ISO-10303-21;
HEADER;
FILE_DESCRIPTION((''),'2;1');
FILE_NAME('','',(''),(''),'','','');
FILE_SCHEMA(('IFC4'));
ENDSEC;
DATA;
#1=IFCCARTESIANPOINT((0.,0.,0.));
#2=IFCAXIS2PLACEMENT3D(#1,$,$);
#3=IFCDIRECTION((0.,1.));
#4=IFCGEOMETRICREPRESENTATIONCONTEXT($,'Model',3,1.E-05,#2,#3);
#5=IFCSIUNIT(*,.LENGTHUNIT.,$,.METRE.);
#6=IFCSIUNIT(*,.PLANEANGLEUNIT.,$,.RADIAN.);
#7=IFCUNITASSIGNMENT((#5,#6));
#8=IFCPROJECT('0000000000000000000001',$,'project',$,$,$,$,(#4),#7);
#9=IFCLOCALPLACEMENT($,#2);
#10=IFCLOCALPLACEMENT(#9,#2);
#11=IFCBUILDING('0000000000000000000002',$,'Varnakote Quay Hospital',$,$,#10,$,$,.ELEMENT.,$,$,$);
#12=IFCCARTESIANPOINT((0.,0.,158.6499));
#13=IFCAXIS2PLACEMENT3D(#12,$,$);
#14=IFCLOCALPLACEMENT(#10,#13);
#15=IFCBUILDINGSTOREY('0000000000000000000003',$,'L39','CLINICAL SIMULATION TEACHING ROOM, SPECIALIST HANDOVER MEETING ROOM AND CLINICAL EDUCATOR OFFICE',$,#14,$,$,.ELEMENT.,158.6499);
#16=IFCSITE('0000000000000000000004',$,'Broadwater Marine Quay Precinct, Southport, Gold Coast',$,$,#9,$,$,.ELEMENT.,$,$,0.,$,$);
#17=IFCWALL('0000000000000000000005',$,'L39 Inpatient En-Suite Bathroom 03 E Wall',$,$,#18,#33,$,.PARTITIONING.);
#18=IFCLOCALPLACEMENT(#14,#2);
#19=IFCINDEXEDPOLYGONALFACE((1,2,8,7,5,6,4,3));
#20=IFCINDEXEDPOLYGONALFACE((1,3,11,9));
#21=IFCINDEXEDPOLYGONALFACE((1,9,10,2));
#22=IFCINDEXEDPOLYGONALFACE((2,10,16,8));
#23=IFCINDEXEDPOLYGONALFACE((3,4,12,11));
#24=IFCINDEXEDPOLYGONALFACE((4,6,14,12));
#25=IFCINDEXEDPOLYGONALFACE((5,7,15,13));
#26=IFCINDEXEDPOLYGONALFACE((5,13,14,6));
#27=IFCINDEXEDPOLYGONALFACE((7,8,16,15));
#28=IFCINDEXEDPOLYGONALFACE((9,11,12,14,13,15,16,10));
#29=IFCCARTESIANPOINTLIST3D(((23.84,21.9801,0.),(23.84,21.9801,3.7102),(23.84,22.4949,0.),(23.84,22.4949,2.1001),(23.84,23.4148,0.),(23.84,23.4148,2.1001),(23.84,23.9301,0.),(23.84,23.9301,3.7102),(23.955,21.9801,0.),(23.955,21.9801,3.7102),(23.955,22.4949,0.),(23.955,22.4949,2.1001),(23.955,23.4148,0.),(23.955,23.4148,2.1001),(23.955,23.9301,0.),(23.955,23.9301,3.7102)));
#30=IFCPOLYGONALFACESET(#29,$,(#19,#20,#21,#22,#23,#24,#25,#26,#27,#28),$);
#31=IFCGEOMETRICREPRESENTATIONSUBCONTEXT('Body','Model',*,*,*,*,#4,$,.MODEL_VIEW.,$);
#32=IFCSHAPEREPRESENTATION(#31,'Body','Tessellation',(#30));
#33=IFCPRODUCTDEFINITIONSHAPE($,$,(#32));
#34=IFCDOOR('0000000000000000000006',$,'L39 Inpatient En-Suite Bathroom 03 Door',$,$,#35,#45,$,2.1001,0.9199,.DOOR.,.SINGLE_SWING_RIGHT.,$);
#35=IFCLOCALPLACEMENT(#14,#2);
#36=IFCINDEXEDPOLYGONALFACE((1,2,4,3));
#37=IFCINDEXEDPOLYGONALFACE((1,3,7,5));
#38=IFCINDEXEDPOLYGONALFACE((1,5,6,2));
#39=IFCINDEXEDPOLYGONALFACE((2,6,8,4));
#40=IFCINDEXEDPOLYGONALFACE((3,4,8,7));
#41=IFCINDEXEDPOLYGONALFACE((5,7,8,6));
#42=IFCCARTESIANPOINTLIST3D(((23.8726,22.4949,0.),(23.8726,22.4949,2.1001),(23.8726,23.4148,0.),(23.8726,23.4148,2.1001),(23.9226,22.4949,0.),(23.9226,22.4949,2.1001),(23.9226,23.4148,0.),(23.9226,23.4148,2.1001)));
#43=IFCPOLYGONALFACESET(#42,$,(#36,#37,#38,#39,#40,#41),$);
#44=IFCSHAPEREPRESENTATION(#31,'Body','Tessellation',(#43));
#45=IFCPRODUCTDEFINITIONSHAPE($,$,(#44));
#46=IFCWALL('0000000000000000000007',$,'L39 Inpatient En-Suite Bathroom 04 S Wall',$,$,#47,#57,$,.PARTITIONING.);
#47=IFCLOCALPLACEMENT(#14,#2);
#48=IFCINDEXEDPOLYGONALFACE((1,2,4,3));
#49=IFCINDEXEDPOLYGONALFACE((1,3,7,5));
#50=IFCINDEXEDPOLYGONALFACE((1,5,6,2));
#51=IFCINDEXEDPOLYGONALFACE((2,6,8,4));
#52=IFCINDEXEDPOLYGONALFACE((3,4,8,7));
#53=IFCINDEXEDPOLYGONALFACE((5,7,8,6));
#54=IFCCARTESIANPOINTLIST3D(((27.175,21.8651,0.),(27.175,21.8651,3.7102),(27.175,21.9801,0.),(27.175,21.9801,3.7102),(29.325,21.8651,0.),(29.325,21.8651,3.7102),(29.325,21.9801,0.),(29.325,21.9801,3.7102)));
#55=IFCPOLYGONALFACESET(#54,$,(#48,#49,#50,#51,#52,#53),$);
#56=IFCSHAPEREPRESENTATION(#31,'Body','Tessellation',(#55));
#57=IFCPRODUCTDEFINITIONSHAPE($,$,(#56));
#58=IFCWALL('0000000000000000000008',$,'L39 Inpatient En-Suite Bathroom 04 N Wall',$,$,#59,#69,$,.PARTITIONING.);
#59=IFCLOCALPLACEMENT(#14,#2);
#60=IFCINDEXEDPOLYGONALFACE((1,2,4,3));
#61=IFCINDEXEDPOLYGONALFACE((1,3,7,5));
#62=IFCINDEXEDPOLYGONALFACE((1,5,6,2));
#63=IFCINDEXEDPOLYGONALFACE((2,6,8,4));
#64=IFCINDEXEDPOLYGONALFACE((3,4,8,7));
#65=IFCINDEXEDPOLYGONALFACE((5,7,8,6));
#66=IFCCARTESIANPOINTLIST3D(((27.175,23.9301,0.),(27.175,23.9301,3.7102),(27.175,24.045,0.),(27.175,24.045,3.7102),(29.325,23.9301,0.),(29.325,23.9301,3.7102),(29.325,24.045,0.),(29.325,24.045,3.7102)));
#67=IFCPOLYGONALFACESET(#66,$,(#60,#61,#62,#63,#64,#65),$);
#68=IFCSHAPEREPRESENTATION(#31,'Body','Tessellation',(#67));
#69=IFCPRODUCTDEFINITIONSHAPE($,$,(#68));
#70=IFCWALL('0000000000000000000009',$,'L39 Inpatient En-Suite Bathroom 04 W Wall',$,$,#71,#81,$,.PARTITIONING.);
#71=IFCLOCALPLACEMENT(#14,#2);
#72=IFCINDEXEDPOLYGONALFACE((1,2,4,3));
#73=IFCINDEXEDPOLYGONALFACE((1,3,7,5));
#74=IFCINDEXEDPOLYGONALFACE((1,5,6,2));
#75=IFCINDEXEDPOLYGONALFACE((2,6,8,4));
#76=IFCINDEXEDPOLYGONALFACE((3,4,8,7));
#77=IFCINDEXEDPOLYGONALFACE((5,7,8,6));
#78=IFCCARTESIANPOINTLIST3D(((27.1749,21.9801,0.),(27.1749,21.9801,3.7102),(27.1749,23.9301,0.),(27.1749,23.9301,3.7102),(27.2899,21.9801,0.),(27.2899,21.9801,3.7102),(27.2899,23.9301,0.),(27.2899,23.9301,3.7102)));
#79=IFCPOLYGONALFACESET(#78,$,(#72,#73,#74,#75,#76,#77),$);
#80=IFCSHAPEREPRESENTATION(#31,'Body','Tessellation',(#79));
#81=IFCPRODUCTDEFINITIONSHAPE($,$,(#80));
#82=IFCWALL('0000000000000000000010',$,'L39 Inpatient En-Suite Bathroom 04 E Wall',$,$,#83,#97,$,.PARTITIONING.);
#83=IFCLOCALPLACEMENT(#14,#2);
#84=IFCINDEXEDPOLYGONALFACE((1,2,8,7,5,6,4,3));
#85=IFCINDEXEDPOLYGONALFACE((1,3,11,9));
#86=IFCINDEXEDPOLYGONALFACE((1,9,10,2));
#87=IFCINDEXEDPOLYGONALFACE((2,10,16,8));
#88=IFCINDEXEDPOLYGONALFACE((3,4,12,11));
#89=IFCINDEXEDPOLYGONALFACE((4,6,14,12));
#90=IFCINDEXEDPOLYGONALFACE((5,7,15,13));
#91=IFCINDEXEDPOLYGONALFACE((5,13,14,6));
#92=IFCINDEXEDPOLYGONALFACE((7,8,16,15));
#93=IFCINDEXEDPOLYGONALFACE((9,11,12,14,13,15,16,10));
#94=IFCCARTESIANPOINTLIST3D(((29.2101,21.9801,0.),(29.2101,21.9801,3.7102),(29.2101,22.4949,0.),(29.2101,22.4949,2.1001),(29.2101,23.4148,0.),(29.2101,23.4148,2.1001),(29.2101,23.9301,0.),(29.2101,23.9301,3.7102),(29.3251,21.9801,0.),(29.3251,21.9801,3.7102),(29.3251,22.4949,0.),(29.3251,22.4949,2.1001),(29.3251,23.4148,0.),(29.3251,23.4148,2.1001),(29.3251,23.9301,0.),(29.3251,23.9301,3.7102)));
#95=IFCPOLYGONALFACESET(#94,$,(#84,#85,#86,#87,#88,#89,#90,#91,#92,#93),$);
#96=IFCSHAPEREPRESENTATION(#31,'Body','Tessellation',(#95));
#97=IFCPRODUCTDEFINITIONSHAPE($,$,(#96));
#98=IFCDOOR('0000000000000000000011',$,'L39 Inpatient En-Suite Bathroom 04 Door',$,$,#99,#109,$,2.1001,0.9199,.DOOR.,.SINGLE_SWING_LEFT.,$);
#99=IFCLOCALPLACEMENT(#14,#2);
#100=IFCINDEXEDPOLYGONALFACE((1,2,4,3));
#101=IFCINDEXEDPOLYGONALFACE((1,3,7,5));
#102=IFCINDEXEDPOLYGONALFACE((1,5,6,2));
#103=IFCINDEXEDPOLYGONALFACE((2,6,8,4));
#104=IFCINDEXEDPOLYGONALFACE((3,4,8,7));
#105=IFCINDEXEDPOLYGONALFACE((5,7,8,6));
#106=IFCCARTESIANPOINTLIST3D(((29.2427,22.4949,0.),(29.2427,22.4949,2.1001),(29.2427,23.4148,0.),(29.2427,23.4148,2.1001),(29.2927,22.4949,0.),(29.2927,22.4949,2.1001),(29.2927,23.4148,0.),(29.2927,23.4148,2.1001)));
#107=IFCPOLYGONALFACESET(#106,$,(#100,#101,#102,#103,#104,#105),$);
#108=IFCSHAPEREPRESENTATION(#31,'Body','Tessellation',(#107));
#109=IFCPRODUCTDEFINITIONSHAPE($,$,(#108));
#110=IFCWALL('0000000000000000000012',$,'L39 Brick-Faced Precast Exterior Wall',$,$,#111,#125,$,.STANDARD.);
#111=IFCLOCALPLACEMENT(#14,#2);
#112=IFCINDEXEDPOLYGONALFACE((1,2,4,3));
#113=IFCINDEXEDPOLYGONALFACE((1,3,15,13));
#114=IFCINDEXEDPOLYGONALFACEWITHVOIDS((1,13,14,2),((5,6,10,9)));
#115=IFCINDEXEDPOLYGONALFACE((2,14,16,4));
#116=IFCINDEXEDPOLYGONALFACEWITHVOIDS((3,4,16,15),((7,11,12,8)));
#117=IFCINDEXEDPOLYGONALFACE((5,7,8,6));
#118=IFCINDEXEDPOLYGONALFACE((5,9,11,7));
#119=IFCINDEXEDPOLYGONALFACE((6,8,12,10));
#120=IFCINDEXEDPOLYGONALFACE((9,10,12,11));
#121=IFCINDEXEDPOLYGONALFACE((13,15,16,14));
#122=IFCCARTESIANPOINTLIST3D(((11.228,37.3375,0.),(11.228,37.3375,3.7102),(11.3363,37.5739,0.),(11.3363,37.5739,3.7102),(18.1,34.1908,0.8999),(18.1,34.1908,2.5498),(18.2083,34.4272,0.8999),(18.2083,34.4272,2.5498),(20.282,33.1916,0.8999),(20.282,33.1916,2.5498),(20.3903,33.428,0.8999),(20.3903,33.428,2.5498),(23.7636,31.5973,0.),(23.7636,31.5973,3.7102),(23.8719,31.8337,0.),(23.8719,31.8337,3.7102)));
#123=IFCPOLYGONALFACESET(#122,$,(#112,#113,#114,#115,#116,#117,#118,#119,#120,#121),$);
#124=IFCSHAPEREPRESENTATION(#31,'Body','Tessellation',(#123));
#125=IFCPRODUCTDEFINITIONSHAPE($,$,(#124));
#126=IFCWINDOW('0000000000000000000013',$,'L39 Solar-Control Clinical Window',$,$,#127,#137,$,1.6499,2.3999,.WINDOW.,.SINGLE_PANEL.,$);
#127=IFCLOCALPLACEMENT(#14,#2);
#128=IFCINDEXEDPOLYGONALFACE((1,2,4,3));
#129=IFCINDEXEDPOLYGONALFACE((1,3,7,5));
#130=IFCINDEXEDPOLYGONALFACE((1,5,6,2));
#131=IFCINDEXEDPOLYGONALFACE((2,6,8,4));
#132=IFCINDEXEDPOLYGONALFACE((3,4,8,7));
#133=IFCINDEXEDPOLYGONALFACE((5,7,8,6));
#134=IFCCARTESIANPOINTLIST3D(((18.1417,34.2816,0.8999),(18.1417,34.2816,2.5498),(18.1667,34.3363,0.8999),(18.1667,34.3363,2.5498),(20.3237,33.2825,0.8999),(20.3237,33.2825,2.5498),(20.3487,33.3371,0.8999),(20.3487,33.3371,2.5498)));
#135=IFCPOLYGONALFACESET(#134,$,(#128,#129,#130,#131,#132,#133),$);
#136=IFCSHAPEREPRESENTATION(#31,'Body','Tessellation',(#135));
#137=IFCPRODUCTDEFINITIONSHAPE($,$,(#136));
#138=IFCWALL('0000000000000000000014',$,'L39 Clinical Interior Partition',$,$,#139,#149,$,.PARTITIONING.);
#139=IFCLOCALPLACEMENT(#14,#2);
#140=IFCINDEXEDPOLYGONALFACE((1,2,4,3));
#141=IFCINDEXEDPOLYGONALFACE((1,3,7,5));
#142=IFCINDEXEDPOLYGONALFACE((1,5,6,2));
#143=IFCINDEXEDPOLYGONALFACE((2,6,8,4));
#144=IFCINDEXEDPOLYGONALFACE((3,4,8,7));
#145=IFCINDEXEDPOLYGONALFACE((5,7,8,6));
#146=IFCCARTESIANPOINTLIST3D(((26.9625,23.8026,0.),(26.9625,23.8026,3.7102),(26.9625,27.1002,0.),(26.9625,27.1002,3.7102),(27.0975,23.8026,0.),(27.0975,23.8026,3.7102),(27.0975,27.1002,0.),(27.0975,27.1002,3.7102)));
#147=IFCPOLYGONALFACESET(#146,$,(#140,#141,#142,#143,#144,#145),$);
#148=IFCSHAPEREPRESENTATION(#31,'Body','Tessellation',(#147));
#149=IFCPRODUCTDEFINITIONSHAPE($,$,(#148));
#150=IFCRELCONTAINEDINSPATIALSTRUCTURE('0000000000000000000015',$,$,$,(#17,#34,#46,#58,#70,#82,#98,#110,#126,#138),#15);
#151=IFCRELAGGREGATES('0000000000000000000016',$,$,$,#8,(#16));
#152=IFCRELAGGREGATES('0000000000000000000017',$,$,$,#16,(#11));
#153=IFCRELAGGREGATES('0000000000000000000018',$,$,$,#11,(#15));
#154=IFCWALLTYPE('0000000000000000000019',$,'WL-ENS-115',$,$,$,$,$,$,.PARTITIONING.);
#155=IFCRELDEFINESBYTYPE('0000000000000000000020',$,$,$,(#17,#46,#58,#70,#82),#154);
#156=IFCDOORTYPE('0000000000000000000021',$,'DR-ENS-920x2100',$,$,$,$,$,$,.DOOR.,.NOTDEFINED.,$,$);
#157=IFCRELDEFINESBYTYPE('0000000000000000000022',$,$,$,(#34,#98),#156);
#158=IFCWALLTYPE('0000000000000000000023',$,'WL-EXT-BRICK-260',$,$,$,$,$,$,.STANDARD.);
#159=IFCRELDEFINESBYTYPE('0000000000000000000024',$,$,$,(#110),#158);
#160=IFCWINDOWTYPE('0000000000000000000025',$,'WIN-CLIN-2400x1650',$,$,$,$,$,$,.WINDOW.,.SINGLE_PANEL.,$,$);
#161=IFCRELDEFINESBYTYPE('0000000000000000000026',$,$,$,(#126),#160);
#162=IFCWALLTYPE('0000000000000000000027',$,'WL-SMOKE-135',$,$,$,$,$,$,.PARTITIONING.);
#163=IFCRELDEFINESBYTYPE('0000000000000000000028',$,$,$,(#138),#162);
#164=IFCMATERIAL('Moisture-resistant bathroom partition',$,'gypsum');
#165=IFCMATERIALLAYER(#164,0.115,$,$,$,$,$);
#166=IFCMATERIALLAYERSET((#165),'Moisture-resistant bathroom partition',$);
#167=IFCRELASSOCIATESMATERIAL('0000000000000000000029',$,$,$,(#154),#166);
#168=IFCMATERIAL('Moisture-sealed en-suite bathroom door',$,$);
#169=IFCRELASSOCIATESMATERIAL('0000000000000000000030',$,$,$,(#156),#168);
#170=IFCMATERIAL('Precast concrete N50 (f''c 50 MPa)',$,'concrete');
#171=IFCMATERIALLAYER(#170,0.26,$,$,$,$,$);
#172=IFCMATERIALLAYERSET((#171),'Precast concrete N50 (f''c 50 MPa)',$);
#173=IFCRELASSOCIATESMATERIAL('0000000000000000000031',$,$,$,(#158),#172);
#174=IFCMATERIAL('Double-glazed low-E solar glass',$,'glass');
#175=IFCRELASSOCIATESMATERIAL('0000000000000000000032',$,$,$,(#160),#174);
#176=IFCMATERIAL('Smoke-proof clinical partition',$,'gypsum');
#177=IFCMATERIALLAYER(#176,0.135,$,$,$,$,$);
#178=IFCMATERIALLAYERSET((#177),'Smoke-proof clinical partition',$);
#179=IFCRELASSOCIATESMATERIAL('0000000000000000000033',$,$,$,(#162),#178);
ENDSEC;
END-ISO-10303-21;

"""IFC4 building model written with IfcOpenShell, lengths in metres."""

from ifc_helpers import new_model, si_unit, direction, frame, frame_2d, origin, place, context, subcontext, project, spatial, rectangle, extrude, material, layer, layer_set, type_object, element, fill, save


model = new_model("IFC4")

# Units and contexts
model_context = context("Model", 3, precision=1e-05, world=origin(), true_north=direction((0.0, 1.0)))
body_context = subcontext(model_context, "Body", "Model", "MODEL_VIEW")
ifc_project = project(units=[si_unit("LENGTHUNIT", "METRE"), si_unit("PLANEANGLEUNIT", "RADIAN")], contexts=[model_context])

# Site, building, storey
site_placement = place(None, origin())
site = spatial("IfcSite", under=ifc_project, at=site_placement, Name="Broadwater Marine Quay Precinct, Southport, Gold Coast", CompositionType="ELEMENT", RefElevation=0.0)
building_placement = place(site_placement, origin())
building = spatial("IfcBuilding", under=site, at=building_placement, Name="Varnakote Quay Hospital", CompositionType="ELEMENT")
storey_placement = place(building_placement, frame((0.0, 0.0, 158.6499)))
storey = spatial("IfcBuildingStorey", under=building, at=storey_placement, Name="L39", Description="CLINICAL SIMULATION TEACHING ROOM, SPECIALIST HANDOVER MEETING ROOM AND CLINICAL EDUCATOR OFFICE", CompositionType="ELEMENT", Elevation=158.6499)

# Shared definitions
ifc_material_1 = material(Name="Moisture-resistant bathroom partition", Category="gypsum")
ifc_layer_1 = layer(ifc_material_1, 0.115)
ifc_layer_set_1 = layer_set([ifc_layer_1], Name="Moisture-resistant bathroom partition")
wall_type_1 = type_object("IfcWallType", Name="WL-ENS-115", PredefinedType="PARTITIONING", material=ifc_layer_set_1)

# Wall, opening, door
wall_1_placement = place(storey_placement, frame((23.8975, 21.98, 0.0), z_axis=(0.0, 0.0, 1.0), x_axis=(0.0, 1.0, 0.0)))
wall_1 = element("IfcWall", 1, at=wall_1_placement, inside=storey, type_object=wall_type_1, Name="L39 Inpatient En-Suite Bathroom 03 E Wall", PredefinedType="PARTITIONING", context=body_context, shape_type="SweptSolid", body=[
    extrude(rectangle(XDim=1.95, YDim=0.115, at=frame_2d((0.9751, 0.0))), origin(), (0.0, 0.0, 1.0), 3.7102),
])
opening_1_placement = place(wall_1_placement, frame((0.5149, 0.0, 0.0)))
opening_1 = element("IfcOpeningElement", 2, at=opening_1_placement, cuts=wall_1, PredefinedType="OPENING", context=body_context, shape_type="SweptSolid", body=[
    extrude(rectangle(XDim=0.9199, YDim=2.1001, at=frame_2d((0.46, 1.05))), frame((0.0, 0.0674, 0.0), z_axis=(0.0, -1.0, 0.0), x_axis=(1.0, 0.0, 0.0)), (0.0, 0.0, 1.0), 0.135),
])
ifc_material_2 = material(Name="Moisture-sealed en-suite bathroom door")
door_type_1 = type_object("IfcDoorType", Name="DR-ENS-920x2100", OperationType="NOTDEFINED", PredefinedType="DOOR", material=ifc_material_2)
door_1_placement = place(opening_1_placement, origin())
door_1 = element("IfcDoor", 3, at=door_1_placement, inside=storey, type_object=door_type_1, Name="L39 Inpatient En-Suite Bathroom 03 Door", OperationType="SINGLE_SWING_RIGHT", OverallHeight=2.1001, OverallWidth=0.9199, PredefinedType="DOOR", context=body_context, shape_type="SweptSolid", body=[
    extrude(rectangle(XDim=0.9199, YDim=2.1001, at=frame_2d((0.46, 1.05))), frame((0.0, 0.0249, 0.0), z_axis=(0.0, -1.0, 0.0), x_axis=(1.0, 0.0, 0.0)), (0.0, 0.0, 1.0), 0.05),
])
fill(opening_1, door_1)

# Walls
for number, where, z_axis, x_axis, name in (
    (4, (27.175, 21.9226, 0.0), (0.0, 0.0, 1.0), (1.0, 0.0, 0.0), "L39 Inpatient En-Suite Bathroom 04 S Wall"),
    (5, (27.175, 23.9875, 0.0), (0.0, 0.0, 1.0), (1.0, 0.0, 0.0), "L39 Inpatient En-Suite Bathroom 04 N Wall"),
):
    element("IfcWall", number, at=place(storey_placement, frame(where, z_axis=z_axis, x_axis=x_axis)), inside=storey, type_object=wall_type_1, Name=name, PredefinedType="PARTITIONING", context=body_context, shape_type="SweptSolid", body=[
        extrude(rectangle(XDim=2.1499, YDim=0.115, at=frame_2d((1.075, 0.0))), origin(), (0.0, 0.0, 1.0), 3.7102),
    ])
wall_2_placement = place(storey_placement, frame((27.2324, 21.98, 0.0), z_axis=(0.0, 0.0, 1.0), x_axis=(0.0, 1.0, 0.0)))
element("IfcWall", 6, at=wall_2_placement, inside=storey, type_object=wall_type_1, Name="L39 Inpatient En-Suite Bathroom 04 W Wall", PredefinedType="PARTITIONING", context=body_context, shape_type="SweptSolid", body=[
    extrude(rectangle(XDim=1.95, YDim=0.115, at=frame_2d((0.9751, 0.0))), origin(), (0.0, 0.0, 1.0), 3.7102),
])

# Wall, opening, door
wall_3_placement = place(storey_placement, frame((29.2676, 21.98, 0.0), z_axis=(0.0, 0.0, 1.0), x_axis=(0.0, 1.0, 0.0)))
wall_3 = element("IfcWall", 7, at=wall_3_placement, inside=storey, type_object=wall_type_1, Name="L39 Inpatient En-Suite Bathroom 04 E Wall", PredefinedType="PARTITIONING", context=body_context, shape_type="SweptSolid", body=[
    extrude(rectangle(XDim=1.95, YDim=0.115, at=frame_2d((0.9751, 0.0))), origin(), (0.0, 0.0, 1.0), 3.7102),
])
opening_2_placement = place(wall_3_placement, frame((0.5149, 0.0, 0.0)))
opening_2 = element("IfcOpeningElement", 8, at=opening_2_placement, cuts=wall_3, PredefinedType="OPENING", context=body_context, shape_type="SweptSolid", body=[
    extrude(rectangle(XDim=0.9199, YDim=2.1001, at=frame_2d((0.46, 1.05))), frame((0.0, 0.0674, 0.0), z_axis=(0.0, -1.0, 0.0), x_axis=(1.0, 0.0, 0.0)), (0.0, 0.0, 1.0), 0.135),
])
door_2_placement = place(opening_2_placement, origin())
door_2 = element("IfcDoor", 9, at=door_2_placement, inside=storey, type_object=door_type_1, Name="L39 Inpatient En-Suite Bathroom 04 Door", OperationType="SINGLE_SWING_LEFT", OverallHeight=2.1001, OverallWidth=0.9199, PredefinedType="DOOR", context=body_context, shape_type="SweptSolid", body=[
    extrude(rectangle(XDim=0.9199, YDim=2.1001, at=frame_2d((0.46, 1.05))), frame((0.0, 0.0249, 0.0), z_axis=(0.0, -1.0, 0.0), x_axis=(1.0, 0.0, 0.0)), (0.0, 0.0, 1.0), 0.05),
])
fill(opening_2, door_2)

# Wall, opening, window
ifc_material_3 = material(Name="Precast concrete N50 (f'c 50 MPa)", Category="concrete")
ifc_layer_2 = layer(ifc_material_3, 0.26)
ifc_layer_set_2 = layer_set([ifc_layer_2], Name="Precast concrete N50 (f'c 50 MPa)")
wall_type_2 = type_object("IfcWallType", Name="WL-EXT-BRICK-260", PredefinedType="STANDARD", material=ifc_layer_set_2)
wall_4_placement = place(storey_placement, frame((23.8176, 31.7156, 0.0), z_axis=(0.0, 0.0, 1.0), x_axis=(-0.90921, 0.416339, 0.0)))
wall_4 = element("IfcWall", 10, at=wall_4_placement, inside=storey, type_object=wall_type_2, Name="L39 Brick-Faced Precast Exterior Wall", PredefinedType="STANDARD", context=body_context, shape_type="SweptSolid", body=[
    extrude(rectangle(XDim=13.7874, YDim=0.26, at=frame_2d((6.8936, 0.0))), origin(), (0.0, 0.0, 1.0), 3.7102),
])
opening_3_placement = place(wall_4_placement, frame((3.8291, 0.0, 0.8999)))
opening_3 = element("IfcOpeningElement", 11, at=opening_3_placement, cuts=wall_4, PredefinedType="OPENING", context=body_context, shape_type="SweptSolid", body=[
    extrude(rectangle(XDim=2.3999, YDim=1.6499, at=frame_2d((1.2, 0.825))), frame((0.0, 0.1399, 0.0), z_axis=(0.0, -1.0, 0.0), x_axis=(1.0, 0.0, 0.0)), (0.0, 0.0, 1.0), 0.28),
])
ifc_material_4 = material(Name="Double-glazed low-E solar glass", Category="glass")
window_type = type_object("IfcWindowType", Name="WIN-CLIN-2400x1650", PartitioningType="SINGLE_PANEL", PredefinedType="WINDOW", material=ifc_material_4)
window_placement = place(opening_3_placement, origin())
window = element("IfcWindow", 12, at=window_placement, inside=storey, type_object=window_type, Name="L39 Solar-Control Clinical Window", OverallHeight=1.6499, OverallWidth=2.3999, PartitioningType="SINGLE_PANEL", PredefinedType="WINDOW", context=body_context, shape_type="SweptSolid", body=[
    extrude(rectangle(XDim=2.3999, YDim=1.6499, at=frame_2d((1.2, 0.825))), frame((0.0, 0.03, 0.0), z_axis=(0.0, -1.0, 0.0), x_axis=(1.0, 0.0, 0.0)), (0.0, 0.0, 1.0), 0.0601),
])
fill(opening_3, window)

# Wall
ifc_material_5 = material(Name="Smoke-proof clinical partition", Category="gypsum")
ifc_layer_3 = layer(ifc_material_5, 0.135)
ifc_layer_set_3 = layer_set([ifc_layer_3], Name="Smoke-proof clinical partition")
wall_type_3 = type_object("IfcWallType", Name="WL-SMOKE-135", PredefinedType="PARTITIONING", material=ifc_layer_set_3)
wall_5_placement = place(storey_placement, frame((27.03, 23.8025, 0.0), z_axis=(0.0, 0.0, 1.0), x_axis=(0.0, 1.0, 0.0)))
element("IfcWall", 13, at=wall_5_placement, inside=storey, type_object=wall_type_3, Name="L39 Clinical Interior Partition", PredefinedType="PARTITIONING", context=body_context, shape_type="SweptSolid", body=[
    extrude(rectangle(XDim=3.2976, YDim=0.135, at=frame_2d((1.6489, 0.0))), origin(), (0.0, 0.0, 1.0), 3.7102),
])

save(model, "model.ifc")
